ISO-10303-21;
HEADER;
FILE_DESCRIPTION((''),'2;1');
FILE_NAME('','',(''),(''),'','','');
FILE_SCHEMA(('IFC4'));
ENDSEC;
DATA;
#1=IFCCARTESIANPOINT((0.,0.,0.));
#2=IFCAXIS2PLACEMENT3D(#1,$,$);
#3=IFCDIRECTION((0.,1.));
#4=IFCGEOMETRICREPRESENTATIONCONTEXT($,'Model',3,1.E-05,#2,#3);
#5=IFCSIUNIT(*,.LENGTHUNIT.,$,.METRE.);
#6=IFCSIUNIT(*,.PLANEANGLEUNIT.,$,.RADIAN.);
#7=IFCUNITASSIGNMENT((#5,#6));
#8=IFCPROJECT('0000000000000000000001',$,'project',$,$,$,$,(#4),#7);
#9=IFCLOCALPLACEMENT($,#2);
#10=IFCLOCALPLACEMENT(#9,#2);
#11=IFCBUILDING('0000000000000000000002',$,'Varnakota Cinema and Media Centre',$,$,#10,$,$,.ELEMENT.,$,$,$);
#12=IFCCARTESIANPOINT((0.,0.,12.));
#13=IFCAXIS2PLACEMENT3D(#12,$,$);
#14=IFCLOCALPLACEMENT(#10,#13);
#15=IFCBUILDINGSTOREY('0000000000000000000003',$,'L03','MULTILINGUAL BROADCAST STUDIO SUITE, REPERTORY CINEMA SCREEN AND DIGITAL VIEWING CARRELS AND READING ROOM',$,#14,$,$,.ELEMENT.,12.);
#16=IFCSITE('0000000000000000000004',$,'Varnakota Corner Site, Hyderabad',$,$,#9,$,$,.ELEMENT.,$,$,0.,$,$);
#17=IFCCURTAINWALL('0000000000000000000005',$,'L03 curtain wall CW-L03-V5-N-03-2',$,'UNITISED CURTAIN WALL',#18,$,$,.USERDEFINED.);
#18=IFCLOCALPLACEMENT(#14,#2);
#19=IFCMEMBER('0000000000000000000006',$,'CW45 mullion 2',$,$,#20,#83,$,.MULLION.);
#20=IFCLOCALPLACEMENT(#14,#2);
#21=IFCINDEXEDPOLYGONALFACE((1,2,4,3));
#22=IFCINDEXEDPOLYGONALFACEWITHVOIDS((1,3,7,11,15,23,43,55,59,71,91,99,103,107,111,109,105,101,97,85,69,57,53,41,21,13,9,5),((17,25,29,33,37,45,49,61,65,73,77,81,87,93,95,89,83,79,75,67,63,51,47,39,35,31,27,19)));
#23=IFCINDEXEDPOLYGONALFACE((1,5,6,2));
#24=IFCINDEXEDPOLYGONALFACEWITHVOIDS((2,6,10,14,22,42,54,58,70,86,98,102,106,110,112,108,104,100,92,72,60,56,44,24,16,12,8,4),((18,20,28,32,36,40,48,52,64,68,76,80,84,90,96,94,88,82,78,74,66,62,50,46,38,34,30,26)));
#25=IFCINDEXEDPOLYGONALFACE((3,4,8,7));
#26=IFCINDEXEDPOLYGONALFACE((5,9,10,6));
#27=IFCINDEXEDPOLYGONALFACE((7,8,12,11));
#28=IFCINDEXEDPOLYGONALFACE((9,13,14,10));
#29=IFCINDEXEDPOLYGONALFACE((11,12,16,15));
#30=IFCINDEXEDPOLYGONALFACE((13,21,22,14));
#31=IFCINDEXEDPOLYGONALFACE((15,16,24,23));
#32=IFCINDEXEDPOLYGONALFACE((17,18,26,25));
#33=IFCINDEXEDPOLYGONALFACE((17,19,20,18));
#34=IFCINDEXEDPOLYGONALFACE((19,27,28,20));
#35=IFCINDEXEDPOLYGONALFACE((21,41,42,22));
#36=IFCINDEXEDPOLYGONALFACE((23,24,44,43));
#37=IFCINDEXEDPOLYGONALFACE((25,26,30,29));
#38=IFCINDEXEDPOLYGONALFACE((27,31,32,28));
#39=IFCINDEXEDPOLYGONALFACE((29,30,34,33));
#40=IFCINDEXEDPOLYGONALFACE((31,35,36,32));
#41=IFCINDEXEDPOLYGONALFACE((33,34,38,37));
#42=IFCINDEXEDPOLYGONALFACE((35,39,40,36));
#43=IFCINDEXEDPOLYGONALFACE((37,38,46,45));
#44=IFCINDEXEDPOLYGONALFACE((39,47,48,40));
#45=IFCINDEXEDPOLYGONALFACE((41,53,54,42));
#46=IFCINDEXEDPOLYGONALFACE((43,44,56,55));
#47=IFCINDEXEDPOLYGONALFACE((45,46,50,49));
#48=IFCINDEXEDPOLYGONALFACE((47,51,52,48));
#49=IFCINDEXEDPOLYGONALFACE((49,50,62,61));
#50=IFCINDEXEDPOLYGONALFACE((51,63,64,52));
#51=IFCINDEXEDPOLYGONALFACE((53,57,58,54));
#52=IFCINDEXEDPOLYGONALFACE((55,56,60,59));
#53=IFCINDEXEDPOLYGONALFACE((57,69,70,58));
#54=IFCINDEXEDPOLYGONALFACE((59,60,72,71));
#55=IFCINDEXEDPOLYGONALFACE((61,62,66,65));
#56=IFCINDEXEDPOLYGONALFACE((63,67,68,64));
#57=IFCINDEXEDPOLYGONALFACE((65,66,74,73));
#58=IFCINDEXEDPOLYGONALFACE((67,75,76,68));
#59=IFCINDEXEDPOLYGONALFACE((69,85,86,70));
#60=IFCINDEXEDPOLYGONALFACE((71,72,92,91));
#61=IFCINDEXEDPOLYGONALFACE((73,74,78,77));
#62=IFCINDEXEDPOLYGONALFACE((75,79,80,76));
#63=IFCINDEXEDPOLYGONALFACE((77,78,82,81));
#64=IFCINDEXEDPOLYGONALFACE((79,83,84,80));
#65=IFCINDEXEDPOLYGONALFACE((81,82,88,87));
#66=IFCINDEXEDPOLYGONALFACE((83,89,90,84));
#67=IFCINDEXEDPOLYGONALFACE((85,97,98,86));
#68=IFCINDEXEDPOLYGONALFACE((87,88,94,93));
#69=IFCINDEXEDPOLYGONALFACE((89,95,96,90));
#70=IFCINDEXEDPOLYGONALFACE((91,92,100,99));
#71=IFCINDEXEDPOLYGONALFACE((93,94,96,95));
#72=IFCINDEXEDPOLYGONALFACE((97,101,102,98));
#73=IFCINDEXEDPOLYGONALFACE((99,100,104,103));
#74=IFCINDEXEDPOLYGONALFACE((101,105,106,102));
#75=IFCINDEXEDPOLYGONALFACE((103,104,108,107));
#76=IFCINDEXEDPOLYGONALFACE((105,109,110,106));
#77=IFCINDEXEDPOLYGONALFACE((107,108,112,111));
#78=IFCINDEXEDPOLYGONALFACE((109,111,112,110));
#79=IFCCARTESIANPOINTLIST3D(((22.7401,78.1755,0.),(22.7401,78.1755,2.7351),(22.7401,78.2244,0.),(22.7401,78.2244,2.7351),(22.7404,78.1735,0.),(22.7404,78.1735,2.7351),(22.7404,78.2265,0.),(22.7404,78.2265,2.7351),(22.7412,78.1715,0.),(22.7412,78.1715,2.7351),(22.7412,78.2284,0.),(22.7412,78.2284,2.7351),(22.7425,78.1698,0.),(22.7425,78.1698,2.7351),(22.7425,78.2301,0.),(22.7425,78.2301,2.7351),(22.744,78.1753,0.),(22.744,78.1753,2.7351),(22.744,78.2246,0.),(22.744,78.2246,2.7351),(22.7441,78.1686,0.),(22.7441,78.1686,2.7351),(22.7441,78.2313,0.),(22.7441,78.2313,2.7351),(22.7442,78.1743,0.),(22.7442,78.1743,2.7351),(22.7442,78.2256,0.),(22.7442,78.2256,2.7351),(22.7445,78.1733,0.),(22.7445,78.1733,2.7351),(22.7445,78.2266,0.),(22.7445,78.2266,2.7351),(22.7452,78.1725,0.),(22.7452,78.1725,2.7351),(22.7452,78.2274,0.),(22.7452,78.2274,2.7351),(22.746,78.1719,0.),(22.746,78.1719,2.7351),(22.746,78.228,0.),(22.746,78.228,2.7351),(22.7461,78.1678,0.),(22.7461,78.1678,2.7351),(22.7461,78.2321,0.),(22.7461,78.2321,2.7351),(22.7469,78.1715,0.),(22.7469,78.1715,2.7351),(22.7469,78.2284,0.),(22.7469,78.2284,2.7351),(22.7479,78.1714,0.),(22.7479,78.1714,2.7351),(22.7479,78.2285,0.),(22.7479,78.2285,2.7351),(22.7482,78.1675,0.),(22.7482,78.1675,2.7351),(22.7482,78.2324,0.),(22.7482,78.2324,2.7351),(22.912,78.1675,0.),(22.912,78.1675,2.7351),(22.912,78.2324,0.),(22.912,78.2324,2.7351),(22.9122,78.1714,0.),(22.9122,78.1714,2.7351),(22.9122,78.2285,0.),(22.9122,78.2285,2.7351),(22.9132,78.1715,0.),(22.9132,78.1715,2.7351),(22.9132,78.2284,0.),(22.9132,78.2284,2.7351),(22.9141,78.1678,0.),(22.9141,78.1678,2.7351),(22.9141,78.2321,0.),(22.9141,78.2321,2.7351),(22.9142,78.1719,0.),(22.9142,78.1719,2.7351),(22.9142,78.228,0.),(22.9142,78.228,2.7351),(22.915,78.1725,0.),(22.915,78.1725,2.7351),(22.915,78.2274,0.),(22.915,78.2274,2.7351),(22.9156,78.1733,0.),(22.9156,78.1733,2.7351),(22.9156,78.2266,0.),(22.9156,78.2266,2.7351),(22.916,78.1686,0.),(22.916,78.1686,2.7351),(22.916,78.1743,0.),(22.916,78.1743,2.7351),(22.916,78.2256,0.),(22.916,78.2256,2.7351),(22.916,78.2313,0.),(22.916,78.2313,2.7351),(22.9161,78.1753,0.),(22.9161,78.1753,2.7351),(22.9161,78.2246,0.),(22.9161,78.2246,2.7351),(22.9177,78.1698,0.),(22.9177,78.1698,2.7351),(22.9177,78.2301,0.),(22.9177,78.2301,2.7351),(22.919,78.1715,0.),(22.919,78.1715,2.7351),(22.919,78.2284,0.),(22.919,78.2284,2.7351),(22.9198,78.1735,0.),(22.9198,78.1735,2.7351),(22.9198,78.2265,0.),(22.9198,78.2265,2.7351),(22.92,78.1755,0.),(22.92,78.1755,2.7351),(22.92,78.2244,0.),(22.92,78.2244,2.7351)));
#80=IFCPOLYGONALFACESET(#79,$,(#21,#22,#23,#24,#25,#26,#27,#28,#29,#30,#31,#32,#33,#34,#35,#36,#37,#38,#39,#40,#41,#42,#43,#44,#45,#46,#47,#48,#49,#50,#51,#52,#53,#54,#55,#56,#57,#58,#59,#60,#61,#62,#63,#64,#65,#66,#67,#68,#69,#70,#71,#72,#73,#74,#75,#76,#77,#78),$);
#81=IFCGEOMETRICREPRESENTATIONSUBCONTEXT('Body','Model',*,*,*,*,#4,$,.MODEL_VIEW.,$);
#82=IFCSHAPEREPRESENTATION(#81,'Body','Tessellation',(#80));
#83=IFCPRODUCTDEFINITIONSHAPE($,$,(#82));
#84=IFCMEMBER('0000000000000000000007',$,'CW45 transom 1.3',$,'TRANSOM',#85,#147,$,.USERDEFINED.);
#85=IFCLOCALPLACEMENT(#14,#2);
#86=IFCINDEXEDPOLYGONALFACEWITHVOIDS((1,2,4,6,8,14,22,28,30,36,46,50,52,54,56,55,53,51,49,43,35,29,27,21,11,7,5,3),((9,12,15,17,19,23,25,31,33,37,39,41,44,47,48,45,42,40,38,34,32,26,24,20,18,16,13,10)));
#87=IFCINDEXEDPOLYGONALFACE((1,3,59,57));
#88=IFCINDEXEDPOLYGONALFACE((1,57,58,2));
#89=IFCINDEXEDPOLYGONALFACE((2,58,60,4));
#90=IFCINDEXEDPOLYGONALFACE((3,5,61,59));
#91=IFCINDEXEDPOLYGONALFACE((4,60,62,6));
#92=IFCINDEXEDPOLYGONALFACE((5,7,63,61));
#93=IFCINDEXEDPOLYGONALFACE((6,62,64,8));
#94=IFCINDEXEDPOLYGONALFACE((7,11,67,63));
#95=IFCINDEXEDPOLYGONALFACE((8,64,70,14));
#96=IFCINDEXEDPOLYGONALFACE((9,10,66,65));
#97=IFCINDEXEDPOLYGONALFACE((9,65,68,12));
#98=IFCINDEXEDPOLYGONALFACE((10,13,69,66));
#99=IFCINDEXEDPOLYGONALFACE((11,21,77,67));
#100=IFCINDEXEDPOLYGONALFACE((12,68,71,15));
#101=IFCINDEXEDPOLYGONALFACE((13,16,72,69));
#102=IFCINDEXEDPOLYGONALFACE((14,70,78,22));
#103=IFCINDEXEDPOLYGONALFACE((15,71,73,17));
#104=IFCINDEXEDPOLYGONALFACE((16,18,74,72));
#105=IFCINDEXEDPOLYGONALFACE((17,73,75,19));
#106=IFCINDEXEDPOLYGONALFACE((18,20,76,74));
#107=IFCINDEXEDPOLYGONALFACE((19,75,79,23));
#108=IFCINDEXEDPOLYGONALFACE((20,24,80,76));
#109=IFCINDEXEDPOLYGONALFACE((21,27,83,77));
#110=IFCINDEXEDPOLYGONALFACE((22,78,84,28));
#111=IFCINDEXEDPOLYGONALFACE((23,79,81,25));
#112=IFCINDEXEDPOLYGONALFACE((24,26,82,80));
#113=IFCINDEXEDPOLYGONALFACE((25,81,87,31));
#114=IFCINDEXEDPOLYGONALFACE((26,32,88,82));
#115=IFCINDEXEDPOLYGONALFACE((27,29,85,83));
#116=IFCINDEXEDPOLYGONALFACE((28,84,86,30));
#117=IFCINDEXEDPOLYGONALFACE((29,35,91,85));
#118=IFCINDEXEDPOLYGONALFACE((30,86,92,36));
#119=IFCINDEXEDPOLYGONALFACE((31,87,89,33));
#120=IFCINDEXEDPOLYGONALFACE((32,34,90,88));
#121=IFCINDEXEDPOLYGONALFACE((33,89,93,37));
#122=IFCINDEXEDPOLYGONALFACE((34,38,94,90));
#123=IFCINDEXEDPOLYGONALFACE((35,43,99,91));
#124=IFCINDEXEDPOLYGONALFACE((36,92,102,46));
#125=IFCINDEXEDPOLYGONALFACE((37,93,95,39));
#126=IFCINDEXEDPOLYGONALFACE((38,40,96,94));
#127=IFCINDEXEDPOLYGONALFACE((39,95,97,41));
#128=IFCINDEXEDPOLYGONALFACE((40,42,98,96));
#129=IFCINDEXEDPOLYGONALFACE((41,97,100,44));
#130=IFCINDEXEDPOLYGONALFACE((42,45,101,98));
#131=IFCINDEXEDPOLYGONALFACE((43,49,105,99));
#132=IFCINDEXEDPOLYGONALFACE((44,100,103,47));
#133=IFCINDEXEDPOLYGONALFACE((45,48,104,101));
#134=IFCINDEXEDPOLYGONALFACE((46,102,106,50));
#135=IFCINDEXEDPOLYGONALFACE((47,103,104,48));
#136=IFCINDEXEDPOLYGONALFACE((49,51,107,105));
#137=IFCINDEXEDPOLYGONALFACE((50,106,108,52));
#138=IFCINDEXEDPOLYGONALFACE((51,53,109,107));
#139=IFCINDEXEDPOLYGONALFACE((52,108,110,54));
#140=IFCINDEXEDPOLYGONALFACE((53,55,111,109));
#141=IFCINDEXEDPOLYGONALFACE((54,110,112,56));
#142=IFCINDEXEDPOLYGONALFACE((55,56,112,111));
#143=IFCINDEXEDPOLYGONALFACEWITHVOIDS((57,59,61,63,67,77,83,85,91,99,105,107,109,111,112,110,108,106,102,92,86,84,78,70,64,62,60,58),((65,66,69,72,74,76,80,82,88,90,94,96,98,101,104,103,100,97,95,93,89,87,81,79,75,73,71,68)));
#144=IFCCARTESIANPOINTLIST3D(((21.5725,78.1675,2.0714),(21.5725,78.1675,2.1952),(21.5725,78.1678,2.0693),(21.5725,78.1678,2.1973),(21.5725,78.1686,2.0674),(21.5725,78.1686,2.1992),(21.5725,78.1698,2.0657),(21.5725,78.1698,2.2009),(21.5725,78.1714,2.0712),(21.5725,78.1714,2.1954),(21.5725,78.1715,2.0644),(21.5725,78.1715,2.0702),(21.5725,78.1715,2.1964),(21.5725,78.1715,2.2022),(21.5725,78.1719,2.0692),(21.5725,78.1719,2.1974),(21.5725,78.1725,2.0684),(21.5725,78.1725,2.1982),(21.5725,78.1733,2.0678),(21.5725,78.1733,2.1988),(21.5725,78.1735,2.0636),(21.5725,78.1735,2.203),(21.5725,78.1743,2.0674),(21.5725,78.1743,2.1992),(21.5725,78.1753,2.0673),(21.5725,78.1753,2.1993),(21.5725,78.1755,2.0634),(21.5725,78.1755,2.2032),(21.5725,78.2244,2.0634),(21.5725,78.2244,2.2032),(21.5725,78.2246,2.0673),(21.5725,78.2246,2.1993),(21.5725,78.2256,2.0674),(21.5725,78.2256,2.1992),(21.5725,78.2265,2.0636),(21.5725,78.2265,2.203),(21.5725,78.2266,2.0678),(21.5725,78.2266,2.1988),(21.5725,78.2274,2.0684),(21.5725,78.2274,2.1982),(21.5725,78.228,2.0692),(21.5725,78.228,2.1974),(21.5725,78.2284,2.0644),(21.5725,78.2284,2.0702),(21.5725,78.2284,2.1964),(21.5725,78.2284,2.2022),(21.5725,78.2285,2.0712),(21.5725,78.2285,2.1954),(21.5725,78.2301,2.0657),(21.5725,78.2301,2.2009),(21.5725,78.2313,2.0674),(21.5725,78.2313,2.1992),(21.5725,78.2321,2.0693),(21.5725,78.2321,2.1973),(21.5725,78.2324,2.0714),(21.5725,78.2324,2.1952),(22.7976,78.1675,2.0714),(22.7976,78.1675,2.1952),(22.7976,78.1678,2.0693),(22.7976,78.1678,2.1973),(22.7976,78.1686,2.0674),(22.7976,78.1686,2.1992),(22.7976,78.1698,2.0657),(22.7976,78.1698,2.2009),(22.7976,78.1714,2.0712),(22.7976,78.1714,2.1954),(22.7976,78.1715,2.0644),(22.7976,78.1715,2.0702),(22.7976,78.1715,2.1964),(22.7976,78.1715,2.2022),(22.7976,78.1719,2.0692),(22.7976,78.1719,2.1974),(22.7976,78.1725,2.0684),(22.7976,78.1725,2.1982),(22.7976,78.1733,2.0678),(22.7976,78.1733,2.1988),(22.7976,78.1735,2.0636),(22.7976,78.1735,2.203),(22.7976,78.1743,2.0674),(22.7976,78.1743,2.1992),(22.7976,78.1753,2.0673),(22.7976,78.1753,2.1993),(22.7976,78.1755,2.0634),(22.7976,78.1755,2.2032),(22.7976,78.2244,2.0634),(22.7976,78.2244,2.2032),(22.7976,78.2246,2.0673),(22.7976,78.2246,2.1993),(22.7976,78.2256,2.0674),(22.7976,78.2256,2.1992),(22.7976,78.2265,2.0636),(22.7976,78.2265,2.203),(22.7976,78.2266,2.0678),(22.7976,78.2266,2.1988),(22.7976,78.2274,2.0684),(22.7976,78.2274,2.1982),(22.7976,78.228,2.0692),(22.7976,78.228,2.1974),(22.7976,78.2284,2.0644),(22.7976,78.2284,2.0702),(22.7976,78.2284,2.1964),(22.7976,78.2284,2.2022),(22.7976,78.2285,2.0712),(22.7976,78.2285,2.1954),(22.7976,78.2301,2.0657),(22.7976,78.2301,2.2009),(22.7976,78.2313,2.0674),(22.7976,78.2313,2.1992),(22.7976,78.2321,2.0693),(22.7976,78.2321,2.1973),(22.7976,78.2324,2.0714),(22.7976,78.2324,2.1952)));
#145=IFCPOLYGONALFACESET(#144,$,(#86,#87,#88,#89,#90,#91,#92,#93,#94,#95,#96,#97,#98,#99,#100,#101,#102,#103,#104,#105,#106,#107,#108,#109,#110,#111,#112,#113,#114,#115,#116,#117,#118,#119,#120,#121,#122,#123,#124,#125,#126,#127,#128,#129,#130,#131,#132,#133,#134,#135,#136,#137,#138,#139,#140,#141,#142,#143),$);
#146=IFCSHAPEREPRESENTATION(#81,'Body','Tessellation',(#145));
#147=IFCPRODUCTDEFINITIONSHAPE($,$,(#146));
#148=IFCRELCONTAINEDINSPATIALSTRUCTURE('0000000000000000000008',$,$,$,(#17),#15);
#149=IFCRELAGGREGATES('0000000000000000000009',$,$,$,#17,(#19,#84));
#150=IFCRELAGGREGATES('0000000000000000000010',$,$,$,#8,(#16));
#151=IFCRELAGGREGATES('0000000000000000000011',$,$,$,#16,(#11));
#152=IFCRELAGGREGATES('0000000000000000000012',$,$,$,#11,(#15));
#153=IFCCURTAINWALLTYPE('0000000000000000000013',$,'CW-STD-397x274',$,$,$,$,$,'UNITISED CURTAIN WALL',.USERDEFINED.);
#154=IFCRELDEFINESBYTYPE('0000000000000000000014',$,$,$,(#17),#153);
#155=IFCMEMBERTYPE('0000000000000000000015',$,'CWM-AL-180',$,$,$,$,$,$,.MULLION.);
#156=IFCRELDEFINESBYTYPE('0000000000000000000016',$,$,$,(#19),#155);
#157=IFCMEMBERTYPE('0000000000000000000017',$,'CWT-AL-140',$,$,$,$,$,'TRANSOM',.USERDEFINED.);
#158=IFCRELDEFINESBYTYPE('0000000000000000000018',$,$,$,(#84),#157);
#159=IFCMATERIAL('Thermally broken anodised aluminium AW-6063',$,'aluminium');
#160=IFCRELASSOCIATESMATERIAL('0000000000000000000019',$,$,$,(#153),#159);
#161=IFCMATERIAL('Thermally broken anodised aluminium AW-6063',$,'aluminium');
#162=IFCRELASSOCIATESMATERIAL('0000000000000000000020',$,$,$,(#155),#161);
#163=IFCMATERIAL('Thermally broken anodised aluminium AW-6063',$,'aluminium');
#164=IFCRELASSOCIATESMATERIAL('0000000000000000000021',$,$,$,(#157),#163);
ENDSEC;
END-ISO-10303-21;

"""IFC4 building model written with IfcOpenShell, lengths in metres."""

from ifc_helpers import new_model, si_unit, direction, frame, origin, origin_2d, place, context, subcontext, project, spatial, hollow_rectangle, extrude, material, material_profile, profile_set, type_object, element, aggregate, save


model = new_model("IFC4")

# Units and contexts
model_context = context("Model", 3, precision=1e-05, world=origin(), true_north=direction((0.0, 1.0)))
body_context = subcontext(model_context, "Body", "Model", "MODEL_VIEW")
ifc_project = project(units=[si_unit("LENGTHUNIT", "METRE"), si_unit("PLANEANGLEUNIT", "RADIAN")], contexts=[model_context])

# Site, building, storey
site_placement = place(None, origin())
site = spatial("IfcSite", under=ifc_project, at=site_placement, Name="Varnakota Corner Site, Hyderabad", CompositionType="ELEMENT", RefElevation=0.0)
building_placement = place(site_placement, origin())
building = spatial("IfcBuilding", under=site, at=building_placement, Name="Varnakota Cinema and Media Centre", CompositionType="ELEMENT")
storey_placement = place(building_placement, frame((0.0, 0.0, 12.0)))
storey = spatial("IfcBuildingStorey", under=building, at=storey_placement, Name="L03", Description="MULTILINGUAL BROADCAST STUDIO SUITE, REPERTORY CINEMA SCREEN AND DIGITAL VIEWING CARRELS AND READING ROOM", CompositionType="ELEMENT", Elevation=12.0)

# Curtain wall, members
ifc_material_1 = material(Name="Thermally broken anodised aluminium AW-6063", Category="aluminium")
curtain_wall_type = type_object("IfcCurtainWallType", Name="CW-STD-397x274", ElementType="UNITISED CURTAIN WALL", PredefinedType="USERDEFINED", material=ifc_material_1)
curtain_wall_placement = place(storey_placement, origin())
curtain_wall = element("IfcCurtainWall", 1, at=curtain_wall_placement, inside=storey, type_object=curtain_wall_type, Name="L03 curtain wall CW-L03-V5-N-03-2", ObjectType="UNITISED CURTAIN WALL", PredefinedType="USERDEFINED")
ifc_material_2 = material(Name="Thermally broken anodised aluminium AW-6063", Category="aluminium")
ifc_material_profile_1 = material_profile(ifc_material_2, hollow_rectangle(XDim=0.0649, YDim=0.1799, WallThickness=0.0039, InnerFilletRadius=0.0039, OuterFilletRadius=0.0081, at=origin_2d()), Name="AL-MULLION 180x65x4")
ifc_profile_set_1 = profile_set([ifc_material_profile_1], Name="Thermally broken anodised aluminium AW-6063")
member_type_1 = type_object("IfcMemberType", Name="CWM-AL-180", PredefinedType="MULLION", material=ifc_profile_set_1)
member_1_placement = place(storey_placement, frame((22.8301, 78.2, 0.0), z_axis=(0.0, 0.0, 1.0), x_axis=(0.0, 1.0, 0.0)))
member_1 = element("IfcMember", 2, at=member_1_placement, type_object=member_type_1, Name="CW45 mullion 2", PredefinedType="MULLION", context=body_context, shape_type="SweptSolid", body=[
    extrude(hollow_rectangle(XDim=0.0649, YDim=0.1799, WallThickness=0.0039, InnerFilletRadius=0.0039, OuterFilletRadius=0.0081, at=origin_2d()), origin(), (0.0, 0.0, 1.0), 2.7351),
])
ifc_material_3 = material(Name="Thermally broken anodised aluminium AW-6063", Category="aluminium")
ifc_material_profile_2 = material_profile(ifc_material_3, hollow_rectangle(XDim=0.0649, YDim=0.1399, WallThickness=0.0039, InnerFilletRadius=0.0039, OuterFilletRadius=0.0081, at=origin_2d()), Name="AL-TRANSOM 140x65x4")
ifc_profile_set_2 = profile_set([ifc_material_profile_2], Name="Thermally broken anodised aluminium AW-6063")
member_type_2 = type_object("IfcMemberType", Name="CWT-AL-140", ElementType="TRANSOM", PredefinedType="USERDEFINED", material=ifc_profile_set_2)
member_2_placement = place(storey_placement, frame((21.5725, 78.2, 2.1333), z_axis=(1.0, 0.0, 0.0), x_axis=(0.0, 1.0, 0.0)))
member_2 = element("IfcMember", 3, at=member_2_placement, type_object=member_type_2, Name="CW45 transom 1.3", ObjectType="TRANSOM", PredefinedType="USERDEFINED", context=body_context, shape_type="SweptSolid", body=[
    extrude(hollow_rectangle(XDim=0.0649, YDim=0.1399, WallThickness=0.0039, InnerFilletRadius=0.0039, OuterFilletRadius=0.0081, at=origin_2d()), origin(), (0.0, 0.0, 1.0), 1.2251),
])
aggregate(curtain_wall, [member_1, member_2])

save(model, "model.ifc")
